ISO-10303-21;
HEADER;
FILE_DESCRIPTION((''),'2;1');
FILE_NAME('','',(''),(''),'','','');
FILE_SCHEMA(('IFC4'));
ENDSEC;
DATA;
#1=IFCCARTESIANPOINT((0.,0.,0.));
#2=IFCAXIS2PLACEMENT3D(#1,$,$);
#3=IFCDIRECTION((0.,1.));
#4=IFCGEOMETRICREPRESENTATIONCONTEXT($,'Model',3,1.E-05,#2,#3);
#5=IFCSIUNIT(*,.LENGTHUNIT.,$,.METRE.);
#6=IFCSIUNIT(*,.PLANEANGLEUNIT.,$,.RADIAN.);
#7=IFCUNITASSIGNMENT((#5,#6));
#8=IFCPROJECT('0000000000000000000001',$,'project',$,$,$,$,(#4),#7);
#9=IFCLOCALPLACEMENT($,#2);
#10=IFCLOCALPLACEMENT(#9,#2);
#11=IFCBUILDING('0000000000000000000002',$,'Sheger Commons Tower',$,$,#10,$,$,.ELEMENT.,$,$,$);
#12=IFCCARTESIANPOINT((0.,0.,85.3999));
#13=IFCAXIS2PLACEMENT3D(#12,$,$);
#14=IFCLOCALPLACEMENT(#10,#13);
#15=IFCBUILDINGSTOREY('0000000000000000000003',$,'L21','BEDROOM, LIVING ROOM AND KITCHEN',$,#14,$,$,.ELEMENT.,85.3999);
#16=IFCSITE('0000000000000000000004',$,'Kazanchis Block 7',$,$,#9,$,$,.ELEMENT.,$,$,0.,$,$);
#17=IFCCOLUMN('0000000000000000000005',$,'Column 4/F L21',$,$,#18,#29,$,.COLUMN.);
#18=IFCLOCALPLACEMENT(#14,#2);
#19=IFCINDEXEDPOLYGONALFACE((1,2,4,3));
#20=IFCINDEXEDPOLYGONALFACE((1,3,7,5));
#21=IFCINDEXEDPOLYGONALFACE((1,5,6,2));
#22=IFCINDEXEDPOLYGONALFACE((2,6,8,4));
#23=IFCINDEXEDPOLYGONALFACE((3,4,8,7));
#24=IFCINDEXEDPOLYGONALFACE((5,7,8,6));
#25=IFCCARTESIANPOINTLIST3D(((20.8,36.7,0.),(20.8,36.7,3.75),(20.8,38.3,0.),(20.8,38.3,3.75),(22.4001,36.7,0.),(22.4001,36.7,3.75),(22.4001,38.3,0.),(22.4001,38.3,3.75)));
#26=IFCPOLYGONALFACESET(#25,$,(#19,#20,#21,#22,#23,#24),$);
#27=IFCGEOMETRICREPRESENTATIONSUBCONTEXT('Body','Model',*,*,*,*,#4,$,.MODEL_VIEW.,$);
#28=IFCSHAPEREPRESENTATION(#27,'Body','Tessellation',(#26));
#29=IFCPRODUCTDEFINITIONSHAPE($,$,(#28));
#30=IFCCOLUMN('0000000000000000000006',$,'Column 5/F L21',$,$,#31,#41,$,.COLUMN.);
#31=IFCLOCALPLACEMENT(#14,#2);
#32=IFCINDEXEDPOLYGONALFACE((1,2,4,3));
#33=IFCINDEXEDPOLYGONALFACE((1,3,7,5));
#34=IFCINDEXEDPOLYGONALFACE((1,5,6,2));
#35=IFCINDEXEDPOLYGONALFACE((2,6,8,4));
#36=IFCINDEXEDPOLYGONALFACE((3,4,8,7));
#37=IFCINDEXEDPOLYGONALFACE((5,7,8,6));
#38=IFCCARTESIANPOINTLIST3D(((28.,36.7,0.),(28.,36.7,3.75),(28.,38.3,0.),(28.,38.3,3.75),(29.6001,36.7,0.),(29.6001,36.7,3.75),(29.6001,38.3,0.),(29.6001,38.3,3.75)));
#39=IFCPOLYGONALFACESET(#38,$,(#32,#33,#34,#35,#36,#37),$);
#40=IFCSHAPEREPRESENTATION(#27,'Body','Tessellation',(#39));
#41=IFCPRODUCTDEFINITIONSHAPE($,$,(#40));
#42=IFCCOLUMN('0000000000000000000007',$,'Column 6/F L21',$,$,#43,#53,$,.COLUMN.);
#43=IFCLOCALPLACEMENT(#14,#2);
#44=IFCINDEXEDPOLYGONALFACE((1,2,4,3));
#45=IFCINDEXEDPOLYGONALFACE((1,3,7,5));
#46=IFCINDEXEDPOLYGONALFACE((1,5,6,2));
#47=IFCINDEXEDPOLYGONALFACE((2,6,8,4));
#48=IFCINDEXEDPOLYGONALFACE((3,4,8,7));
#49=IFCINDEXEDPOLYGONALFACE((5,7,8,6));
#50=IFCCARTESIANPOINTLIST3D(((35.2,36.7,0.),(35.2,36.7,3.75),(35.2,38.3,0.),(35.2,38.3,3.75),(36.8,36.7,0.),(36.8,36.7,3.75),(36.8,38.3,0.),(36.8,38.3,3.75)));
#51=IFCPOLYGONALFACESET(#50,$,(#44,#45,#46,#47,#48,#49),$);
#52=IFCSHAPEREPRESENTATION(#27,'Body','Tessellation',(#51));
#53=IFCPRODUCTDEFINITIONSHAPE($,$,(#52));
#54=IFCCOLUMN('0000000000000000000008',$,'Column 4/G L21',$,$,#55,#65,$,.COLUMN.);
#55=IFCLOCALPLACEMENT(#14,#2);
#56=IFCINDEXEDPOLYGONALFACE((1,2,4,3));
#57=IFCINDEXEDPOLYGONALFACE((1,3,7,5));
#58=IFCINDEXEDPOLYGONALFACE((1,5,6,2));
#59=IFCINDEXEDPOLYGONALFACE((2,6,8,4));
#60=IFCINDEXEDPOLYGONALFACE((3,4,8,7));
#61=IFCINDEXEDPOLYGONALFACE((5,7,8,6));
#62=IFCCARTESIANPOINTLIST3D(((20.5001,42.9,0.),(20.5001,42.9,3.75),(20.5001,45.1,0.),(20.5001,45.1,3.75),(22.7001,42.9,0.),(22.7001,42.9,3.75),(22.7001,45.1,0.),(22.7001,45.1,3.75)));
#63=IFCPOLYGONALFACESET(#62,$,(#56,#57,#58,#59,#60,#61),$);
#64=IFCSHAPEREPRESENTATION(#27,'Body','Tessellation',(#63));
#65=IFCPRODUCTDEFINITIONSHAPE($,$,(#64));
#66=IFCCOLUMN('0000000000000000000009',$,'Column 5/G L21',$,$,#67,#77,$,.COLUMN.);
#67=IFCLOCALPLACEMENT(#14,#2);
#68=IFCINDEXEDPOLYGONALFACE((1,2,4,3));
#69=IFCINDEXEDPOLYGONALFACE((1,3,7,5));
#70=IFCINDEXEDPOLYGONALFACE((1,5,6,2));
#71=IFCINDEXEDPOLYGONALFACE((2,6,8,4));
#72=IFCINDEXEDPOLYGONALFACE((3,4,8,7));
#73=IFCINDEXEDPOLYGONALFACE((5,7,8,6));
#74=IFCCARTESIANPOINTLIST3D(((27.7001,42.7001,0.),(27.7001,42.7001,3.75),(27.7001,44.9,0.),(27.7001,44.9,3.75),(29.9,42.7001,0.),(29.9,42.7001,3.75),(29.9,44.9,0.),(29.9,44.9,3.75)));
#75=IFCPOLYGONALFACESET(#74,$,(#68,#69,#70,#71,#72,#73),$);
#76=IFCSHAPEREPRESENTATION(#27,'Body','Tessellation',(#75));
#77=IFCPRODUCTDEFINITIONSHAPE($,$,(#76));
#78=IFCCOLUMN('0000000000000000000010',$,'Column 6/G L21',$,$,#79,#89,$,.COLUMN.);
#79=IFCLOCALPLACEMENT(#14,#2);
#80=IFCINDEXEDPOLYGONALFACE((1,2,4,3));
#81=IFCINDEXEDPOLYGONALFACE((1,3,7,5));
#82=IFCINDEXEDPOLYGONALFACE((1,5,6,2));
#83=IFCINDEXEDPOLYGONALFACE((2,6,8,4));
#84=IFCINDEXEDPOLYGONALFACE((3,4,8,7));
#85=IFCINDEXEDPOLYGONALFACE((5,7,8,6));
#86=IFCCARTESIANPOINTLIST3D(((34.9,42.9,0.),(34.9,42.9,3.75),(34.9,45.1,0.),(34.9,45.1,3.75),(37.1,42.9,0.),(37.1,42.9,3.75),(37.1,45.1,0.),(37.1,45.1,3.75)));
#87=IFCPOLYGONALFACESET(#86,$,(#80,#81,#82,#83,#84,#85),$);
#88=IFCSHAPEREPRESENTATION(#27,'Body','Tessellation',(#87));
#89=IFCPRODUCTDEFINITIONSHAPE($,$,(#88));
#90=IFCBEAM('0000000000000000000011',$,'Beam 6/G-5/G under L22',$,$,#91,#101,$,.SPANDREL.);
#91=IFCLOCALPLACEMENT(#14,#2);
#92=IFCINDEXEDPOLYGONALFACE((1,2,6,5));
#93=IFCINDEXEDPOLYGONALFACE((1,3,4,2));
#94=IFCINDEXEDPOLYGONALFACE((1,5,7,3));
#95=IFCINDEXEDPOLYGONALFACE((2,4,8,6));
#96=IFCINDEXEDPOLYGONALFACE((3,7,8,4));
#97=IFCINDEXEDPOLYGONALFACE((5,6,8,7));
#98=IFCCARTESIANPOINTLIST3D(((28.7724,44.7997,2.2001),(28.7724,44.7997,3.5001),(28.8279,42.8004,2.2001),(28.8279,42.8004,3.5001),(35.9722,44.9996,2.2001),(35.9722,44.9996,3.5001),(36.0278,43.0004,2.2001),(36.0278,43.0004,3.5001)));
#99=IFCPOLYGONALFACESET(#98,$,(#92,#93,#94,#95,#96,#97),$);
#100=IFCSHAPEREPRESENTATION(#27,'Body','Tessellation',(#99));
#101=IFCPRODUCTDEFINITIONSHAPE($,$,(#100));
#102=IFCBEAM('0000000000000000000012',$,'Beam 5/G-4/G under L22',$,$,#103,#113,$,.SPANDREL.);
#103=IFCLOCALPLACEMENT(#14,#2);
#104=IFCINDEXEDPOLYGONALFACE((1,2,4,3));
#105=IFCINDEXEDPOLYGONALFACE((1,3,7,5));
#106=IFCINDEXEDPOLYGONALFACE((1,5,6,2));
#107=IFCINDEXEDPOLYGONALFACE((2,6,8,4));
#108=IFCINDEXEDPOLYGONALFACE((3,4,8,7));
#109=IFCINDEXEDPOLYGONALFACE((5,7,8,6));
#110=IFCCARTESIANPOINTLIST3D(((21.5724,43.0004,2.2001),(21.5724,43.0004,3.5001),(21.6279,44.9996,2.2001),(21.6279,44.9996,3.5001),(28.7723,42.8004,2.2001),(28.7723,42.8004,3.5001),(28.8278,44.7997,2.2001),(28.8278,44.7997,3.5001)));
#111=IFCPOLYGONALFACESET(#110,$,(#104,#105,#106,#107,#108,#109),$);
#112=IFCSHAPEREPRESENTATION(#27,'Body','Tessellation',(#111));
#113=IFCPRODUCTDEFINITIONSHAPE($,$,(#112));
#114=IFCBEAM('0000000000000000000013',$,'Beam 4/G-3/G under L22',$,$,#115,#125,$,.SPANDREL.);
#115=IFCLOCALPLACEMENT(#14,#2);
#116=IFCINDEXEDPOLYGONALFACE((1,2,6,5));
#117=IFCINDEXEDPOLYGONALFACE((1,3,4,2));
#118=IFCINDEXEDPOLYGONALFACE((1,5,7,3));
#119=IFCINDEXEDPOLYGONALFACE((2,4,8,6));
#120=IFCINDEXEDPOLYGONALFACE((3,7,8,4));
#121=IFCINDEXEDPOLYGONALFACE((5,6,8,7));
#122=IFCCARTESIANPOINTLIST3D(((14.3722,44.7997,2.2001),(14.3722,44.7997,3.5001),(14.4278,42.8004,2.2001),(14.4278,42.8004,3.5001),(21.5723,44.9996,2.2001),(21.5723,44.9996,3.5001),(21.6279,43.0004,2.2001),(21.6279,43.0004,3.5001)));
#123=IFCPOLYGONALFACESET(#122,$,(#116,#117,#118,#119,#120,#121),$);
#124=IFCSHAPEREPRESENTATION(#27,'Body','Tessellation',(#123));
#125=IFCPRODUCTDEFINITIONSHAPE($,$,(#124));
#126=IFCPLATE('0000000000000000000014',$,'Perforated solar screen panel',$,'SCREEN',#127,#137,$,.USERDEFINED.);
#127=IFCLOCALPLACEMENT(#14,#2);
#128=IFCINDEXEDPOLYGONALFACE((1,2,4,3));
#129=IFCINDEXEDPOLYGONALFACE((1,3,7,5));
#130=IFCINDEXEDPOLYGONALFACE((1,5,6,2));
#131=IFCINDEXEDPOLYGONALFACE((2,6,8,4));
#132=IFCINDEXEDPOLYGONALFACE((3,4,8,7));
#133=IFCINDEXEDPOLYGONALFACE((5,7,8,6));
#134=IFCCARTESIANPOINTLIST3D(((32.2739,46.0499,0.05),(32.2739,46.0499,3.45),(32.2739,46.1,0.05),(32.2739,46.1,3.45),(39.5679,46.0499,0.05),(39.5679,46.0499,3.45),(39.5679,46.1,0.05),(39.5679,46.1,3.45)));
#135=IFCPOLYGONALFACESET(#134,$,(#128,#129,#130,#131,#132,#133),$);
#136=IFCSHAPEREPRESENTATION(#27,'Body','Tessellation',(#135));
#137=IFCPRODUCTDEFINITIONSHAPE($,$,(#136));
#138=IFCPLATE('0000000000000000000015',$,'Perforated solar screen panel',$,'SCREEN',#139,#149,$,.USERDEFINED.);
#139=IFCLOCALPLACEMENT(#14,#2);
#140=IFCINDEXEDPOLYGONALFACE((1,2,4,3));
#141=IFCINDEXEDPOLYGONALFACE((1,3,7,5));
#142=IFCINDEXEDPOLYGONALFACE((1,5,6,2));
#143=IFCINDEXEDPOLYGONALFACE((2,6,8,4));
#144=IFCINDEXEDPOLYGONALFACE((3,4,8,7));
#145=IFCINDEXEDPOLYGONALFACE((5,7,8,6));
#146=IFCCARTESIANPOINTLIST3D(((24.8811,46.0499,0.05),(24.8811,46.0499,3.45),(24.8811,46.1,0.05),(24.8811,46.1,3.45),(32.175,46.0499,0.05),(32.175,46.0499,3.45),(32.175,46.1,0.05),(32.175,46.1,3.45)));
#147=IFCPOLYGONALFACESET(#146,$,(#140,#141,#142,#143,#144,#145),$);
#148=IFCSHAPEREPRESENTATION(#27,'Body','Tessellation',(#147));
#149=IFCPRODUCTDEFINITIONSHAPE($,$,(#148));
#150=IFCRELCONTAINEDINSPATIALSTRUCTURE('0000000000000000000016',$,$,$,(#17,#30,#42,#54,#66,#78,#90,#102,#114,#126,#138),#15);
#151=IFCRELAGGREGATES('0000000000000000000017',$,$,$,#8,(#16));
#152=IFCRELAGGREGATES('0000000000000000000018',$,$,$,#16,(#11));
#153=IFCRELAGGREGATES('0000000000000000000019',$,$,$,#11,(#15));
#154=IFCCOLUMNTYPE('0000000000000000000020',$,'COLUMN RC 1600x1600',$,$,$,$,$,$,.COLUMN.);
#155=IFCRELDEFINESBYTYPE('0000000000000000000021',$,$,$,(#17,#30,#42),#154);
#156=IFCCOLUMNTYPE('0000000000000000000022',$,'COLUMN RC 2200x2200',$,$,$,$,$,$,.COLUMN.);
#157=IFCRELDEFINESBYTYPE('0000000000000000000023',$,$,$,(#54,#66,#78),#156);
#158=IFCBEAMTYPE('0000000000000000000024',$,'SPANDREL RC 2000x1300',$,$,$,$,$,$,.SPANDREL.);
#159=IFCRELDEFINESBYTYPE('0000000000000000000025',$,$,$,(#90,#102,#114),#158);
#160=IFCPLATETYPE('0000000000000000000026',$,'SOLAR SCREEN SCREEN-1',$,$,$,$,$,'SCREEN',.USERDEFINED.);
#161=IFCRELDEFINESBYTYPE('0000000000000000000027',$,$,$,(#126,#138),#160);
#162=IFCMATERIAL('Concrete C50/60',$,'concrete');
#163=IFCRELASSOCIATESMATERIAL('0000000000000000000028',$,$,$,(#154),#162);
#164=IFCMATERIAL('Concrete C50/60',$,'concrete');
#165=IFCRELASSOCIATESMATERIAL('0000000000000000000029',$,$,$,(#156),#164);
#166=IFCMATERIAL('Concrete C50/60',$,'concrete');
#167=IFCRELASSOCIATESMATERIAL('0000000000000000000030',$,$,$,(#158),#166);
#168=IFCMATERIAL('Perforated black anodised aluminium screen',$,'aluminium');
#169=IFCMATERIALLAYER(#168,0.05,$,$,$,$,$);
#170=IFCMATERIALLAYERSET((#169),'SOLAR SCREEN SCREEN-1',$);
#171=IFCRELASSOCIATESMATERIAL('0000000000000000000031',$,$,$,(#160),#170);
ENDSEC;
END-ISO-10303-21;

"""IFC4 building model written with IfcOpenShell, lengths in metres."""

from ifc_helpers import new_model, si_unit, direction, frame, origin, origin_2d, place, context, subcontext, project, spatial, rectangle, extrude, material, layer, layer_set, material_profile, profile_set, type_object, element, save


model = new_model("IFC4")

# Units and contexts
model_context = context("Model", 3, precision=1e-05, world=origin(), true_north=direction((0.0, 1.0)))
body_context = subcontext(model_context, "Body", "Model", "MODEL_VIEW")
ifc_project = project(units=[si_unit("LENGTHUNIT", "METRE"), si_unit("PLANEANGLEUNIT", "RADIAN")], contexts=[model_context])

# Site, building, storey
site_placement = place(None, origin())
site = spatial("IfcSite", under=ifc_project, at=site_placement, Name="Kazanchis Block 7", CompositionType="ELEMENT", RefElevation=0.0)
building_placement = place(site_placement, origin())
building = spatial("IfcBuilding", under=site, at=building_placement, Name="Sheger Commons Tower", CompositionType="ELEMENT")
storey_placement = place(building_placement, frame((0.0, 0.0, 85.3999)))
storey = spatial("IfcBuildingStorey", under=building, at=storey_placement, Name="L21", Description="BEDROOM, LIVING ROOM AND KITCHEN", CompositionType="ELEMENT", Elevation=85.3999)

# Columns
ifc_material_1 = material(Name="Concrete C50/60", Category="concrete")
ifc_material_profile_1 = material_profile(ifc_material_1, rectangle(XDim=1.6001, YDim=1.6001, at=origin_2d()), Name="RC 1600x1600")
ifc_profile_set_1 = profile_set([ifc_material_profile_1], Name="Concrete C50/60")
column_type_1 = type_object("IfcColumnType", Name="COLUMN RC 1600x1600", PredefinedType="COLUMN", material=ifc_profile_set_1)
for number, where, z_axis, x_axis, name in (
    (1, (21.6001, 37.5, 0.0), (0.0, 0.0, 1.0), (1.0, 0.0, 0.0), "Column 4/F L21"),
    (2, (28.8, 37.5, 0.0), (0.0, 0.0, 1.0), (1.0, 0.0, 0.0), "Column 5/F L21"),
    (3, (36.0, 37.5, 0.0), (0.0, 0.0, 1.0), (1.0, 0.0, 0.0), "Column 6/F L21"),
):
    element("IfcColumn", number, at=place(storey_placement, frame(where, z_axis=z_axis, x_axis=x_axis)), inside=storey, type_object=column_type_1, Name=name, PredefinedType="COLUMN", context=body_context, shape_type="SweptSolid", body=[
        extrude(rectangle(XDim=1.6001, YDim=1.6001, at=origin_2d()), origin(), (0.0, 0.0, 1.0), 3.75),
    ])
ifc_material_2 = material(Name="Concrete C50/60", Category="concrete")
ifc_material_profile_2 = material_profile(ifc_material_2, rectangle(XDim=2.2, YDim=2.2, at=origin_2d()), Name="RC 2200x2200")
ifc_profile_set_2 = profile_set([ifc_material_profile_2], Name="Concrete C50/60")
column_type_2 = type_object("IfcColumnType", Name="COLUMN RC 2200x2200", PredefinedType="COLUMN", material=ifc_profile_set_2)
for number, where, z_axis, x_axis, name in (
    (4, (21.6001, 44.0, 0.0), (0.0, 0.0, 1.0), (1.0, 0.0, 0.0), "Column 4/G L21"),
    (5, (28.8, 43.8, 0.0), (0.0, 0.0, 1.0), (1.0, 0.0, 0.0), "Column 5/G L21"),
    (6, (36.0, 44.0, 0.0), (0.0, 0.0, 1.0), (1.0, 0.0, 0.0), "Column 6/G L21"),
):
    element("IfcColumn", number, at=place(storey_placement, frame(where, z_axis=z_axis, x_axis=x_axis)), inside=storey, type_object=column_type_2, Name=name, PredefinedType="COLUMN", context=body_context, shape_type="SweptSolid", body=[
        extrude(rectangle(XDim=2.2, YDim=2.2, at=origin_2d()), origin(), (0.0, 0.0, 1.0), 3.75),
    ])

# Beams
ifc_material_3 = material(Name="Concrete C50/60", Category="concrete")
ifc_material_profile_3 = material_profile(ifc_material_3, rectangle(XDim=2.0, YDim=1.3, at=origin_2d()), Name="RC 2000x1300")
ifc_profile_set_3 = profile_set([ifc_material_profile_3], Name="Concrete C50/60")
beam_type = type_object("IfcBeamType", Name="SPANDREL RC 2000x1300", PredefinedType="SPANDREL", material=ifc_profile_set_3)
for number, where, z_axis, x_axis, name in (
    (7, (36.0, 44.0, 2.8501), (-0.999615, -0.02776, 0.0), (0.02776, -0.999615, 0.0), "Beam 6/G-5/G under L22"),
    (8, (28.8, 43.8, 2.8501), (-0.999615, 0.02776, 0.0), (-0.02776, -0.999615, 0.0), "Beam 5/G-4/G under L22"),
):
    element("IfcBeam", number, at=place(storey_placement, frame(where, z_axis=z_axis, x_axis=x_axis)), inside=storey, type_object=beam_type, Name=name, PredefinedType="SPANDREL", context=body_context, shape_type="SweptSolid", body=[
        extrude(rectangle(XDim=2.0, YDim=1.3, at=origin_2d()), origin(), (0.0, 0.0, 1.0), 7.2026),
    ])
beam_placement = place(storey_placement, frame((21.6001, 44.0, 2.8501), z_axis=(-0.999615, -0.02776, 0.0), x_axis=(0.02776, -0.999615, 0.0)))
element("IfcBeam", 9, at=beam_placement, inside=storey, type_object=beam_type, Name="Beam 4/G-3/G under L22", PredefinedType="SPANDREL", context=body_context, shape_type="SweptSolid", body=[
    extrude(rectangle(XDim=2.0, YDim=1.3, at=origin_2d()), origin(), (0.0, 0.0, 1.0), 7.2029),
])

# Plates
ifc_material_4 = material(Name="Perforated black anodised aluminium screen", Category="aluminium")
ifc_layer_1 = layer(ifc_material_4, 0.05)
ifc_layer_set_1 = layer_set([ifc_layer_1], Name="SOLAR SCREEN SCREEN-1")
plate_type = type_object("IfcPlateType", Name="SOLAR SCREEN SCREEN-1", ElementType="SCREEN", PredefinedType="USERDEFINED", material=ifc_layer_set_1)
for number, where, z_axis, x_axis, name in (
    (10, (35.9209, 46.075, 0.05), (0.0, 0.0, 1.0), (-1.0, 0.0, 0.0), "Perforated solar screen panel"),
    (11, (28.5281, 46.075, 0.05), (0.0, 0.0, 1.0), (-1.0, 0.0, 0.0), "Perforated solar screen panel"),
):
    element("IfcPlate", number, at=place(storey_placement, frame(where, z_axis=z_axis, x_axis=x_axis)), inside=storey, type_object=plate_type, Name=name, ObjectType="SCREEN", PredefinedType="USERDEFINED", context=body_context, shape_type="SweptSolid", body=[
        extrude(rectangle(XDim=7.2939, YDim=0.05, at=origin_2d()), origin(), (0.0, 0.0, 1.0), 3.3999),
    ])

save(model, "model.ifc")
